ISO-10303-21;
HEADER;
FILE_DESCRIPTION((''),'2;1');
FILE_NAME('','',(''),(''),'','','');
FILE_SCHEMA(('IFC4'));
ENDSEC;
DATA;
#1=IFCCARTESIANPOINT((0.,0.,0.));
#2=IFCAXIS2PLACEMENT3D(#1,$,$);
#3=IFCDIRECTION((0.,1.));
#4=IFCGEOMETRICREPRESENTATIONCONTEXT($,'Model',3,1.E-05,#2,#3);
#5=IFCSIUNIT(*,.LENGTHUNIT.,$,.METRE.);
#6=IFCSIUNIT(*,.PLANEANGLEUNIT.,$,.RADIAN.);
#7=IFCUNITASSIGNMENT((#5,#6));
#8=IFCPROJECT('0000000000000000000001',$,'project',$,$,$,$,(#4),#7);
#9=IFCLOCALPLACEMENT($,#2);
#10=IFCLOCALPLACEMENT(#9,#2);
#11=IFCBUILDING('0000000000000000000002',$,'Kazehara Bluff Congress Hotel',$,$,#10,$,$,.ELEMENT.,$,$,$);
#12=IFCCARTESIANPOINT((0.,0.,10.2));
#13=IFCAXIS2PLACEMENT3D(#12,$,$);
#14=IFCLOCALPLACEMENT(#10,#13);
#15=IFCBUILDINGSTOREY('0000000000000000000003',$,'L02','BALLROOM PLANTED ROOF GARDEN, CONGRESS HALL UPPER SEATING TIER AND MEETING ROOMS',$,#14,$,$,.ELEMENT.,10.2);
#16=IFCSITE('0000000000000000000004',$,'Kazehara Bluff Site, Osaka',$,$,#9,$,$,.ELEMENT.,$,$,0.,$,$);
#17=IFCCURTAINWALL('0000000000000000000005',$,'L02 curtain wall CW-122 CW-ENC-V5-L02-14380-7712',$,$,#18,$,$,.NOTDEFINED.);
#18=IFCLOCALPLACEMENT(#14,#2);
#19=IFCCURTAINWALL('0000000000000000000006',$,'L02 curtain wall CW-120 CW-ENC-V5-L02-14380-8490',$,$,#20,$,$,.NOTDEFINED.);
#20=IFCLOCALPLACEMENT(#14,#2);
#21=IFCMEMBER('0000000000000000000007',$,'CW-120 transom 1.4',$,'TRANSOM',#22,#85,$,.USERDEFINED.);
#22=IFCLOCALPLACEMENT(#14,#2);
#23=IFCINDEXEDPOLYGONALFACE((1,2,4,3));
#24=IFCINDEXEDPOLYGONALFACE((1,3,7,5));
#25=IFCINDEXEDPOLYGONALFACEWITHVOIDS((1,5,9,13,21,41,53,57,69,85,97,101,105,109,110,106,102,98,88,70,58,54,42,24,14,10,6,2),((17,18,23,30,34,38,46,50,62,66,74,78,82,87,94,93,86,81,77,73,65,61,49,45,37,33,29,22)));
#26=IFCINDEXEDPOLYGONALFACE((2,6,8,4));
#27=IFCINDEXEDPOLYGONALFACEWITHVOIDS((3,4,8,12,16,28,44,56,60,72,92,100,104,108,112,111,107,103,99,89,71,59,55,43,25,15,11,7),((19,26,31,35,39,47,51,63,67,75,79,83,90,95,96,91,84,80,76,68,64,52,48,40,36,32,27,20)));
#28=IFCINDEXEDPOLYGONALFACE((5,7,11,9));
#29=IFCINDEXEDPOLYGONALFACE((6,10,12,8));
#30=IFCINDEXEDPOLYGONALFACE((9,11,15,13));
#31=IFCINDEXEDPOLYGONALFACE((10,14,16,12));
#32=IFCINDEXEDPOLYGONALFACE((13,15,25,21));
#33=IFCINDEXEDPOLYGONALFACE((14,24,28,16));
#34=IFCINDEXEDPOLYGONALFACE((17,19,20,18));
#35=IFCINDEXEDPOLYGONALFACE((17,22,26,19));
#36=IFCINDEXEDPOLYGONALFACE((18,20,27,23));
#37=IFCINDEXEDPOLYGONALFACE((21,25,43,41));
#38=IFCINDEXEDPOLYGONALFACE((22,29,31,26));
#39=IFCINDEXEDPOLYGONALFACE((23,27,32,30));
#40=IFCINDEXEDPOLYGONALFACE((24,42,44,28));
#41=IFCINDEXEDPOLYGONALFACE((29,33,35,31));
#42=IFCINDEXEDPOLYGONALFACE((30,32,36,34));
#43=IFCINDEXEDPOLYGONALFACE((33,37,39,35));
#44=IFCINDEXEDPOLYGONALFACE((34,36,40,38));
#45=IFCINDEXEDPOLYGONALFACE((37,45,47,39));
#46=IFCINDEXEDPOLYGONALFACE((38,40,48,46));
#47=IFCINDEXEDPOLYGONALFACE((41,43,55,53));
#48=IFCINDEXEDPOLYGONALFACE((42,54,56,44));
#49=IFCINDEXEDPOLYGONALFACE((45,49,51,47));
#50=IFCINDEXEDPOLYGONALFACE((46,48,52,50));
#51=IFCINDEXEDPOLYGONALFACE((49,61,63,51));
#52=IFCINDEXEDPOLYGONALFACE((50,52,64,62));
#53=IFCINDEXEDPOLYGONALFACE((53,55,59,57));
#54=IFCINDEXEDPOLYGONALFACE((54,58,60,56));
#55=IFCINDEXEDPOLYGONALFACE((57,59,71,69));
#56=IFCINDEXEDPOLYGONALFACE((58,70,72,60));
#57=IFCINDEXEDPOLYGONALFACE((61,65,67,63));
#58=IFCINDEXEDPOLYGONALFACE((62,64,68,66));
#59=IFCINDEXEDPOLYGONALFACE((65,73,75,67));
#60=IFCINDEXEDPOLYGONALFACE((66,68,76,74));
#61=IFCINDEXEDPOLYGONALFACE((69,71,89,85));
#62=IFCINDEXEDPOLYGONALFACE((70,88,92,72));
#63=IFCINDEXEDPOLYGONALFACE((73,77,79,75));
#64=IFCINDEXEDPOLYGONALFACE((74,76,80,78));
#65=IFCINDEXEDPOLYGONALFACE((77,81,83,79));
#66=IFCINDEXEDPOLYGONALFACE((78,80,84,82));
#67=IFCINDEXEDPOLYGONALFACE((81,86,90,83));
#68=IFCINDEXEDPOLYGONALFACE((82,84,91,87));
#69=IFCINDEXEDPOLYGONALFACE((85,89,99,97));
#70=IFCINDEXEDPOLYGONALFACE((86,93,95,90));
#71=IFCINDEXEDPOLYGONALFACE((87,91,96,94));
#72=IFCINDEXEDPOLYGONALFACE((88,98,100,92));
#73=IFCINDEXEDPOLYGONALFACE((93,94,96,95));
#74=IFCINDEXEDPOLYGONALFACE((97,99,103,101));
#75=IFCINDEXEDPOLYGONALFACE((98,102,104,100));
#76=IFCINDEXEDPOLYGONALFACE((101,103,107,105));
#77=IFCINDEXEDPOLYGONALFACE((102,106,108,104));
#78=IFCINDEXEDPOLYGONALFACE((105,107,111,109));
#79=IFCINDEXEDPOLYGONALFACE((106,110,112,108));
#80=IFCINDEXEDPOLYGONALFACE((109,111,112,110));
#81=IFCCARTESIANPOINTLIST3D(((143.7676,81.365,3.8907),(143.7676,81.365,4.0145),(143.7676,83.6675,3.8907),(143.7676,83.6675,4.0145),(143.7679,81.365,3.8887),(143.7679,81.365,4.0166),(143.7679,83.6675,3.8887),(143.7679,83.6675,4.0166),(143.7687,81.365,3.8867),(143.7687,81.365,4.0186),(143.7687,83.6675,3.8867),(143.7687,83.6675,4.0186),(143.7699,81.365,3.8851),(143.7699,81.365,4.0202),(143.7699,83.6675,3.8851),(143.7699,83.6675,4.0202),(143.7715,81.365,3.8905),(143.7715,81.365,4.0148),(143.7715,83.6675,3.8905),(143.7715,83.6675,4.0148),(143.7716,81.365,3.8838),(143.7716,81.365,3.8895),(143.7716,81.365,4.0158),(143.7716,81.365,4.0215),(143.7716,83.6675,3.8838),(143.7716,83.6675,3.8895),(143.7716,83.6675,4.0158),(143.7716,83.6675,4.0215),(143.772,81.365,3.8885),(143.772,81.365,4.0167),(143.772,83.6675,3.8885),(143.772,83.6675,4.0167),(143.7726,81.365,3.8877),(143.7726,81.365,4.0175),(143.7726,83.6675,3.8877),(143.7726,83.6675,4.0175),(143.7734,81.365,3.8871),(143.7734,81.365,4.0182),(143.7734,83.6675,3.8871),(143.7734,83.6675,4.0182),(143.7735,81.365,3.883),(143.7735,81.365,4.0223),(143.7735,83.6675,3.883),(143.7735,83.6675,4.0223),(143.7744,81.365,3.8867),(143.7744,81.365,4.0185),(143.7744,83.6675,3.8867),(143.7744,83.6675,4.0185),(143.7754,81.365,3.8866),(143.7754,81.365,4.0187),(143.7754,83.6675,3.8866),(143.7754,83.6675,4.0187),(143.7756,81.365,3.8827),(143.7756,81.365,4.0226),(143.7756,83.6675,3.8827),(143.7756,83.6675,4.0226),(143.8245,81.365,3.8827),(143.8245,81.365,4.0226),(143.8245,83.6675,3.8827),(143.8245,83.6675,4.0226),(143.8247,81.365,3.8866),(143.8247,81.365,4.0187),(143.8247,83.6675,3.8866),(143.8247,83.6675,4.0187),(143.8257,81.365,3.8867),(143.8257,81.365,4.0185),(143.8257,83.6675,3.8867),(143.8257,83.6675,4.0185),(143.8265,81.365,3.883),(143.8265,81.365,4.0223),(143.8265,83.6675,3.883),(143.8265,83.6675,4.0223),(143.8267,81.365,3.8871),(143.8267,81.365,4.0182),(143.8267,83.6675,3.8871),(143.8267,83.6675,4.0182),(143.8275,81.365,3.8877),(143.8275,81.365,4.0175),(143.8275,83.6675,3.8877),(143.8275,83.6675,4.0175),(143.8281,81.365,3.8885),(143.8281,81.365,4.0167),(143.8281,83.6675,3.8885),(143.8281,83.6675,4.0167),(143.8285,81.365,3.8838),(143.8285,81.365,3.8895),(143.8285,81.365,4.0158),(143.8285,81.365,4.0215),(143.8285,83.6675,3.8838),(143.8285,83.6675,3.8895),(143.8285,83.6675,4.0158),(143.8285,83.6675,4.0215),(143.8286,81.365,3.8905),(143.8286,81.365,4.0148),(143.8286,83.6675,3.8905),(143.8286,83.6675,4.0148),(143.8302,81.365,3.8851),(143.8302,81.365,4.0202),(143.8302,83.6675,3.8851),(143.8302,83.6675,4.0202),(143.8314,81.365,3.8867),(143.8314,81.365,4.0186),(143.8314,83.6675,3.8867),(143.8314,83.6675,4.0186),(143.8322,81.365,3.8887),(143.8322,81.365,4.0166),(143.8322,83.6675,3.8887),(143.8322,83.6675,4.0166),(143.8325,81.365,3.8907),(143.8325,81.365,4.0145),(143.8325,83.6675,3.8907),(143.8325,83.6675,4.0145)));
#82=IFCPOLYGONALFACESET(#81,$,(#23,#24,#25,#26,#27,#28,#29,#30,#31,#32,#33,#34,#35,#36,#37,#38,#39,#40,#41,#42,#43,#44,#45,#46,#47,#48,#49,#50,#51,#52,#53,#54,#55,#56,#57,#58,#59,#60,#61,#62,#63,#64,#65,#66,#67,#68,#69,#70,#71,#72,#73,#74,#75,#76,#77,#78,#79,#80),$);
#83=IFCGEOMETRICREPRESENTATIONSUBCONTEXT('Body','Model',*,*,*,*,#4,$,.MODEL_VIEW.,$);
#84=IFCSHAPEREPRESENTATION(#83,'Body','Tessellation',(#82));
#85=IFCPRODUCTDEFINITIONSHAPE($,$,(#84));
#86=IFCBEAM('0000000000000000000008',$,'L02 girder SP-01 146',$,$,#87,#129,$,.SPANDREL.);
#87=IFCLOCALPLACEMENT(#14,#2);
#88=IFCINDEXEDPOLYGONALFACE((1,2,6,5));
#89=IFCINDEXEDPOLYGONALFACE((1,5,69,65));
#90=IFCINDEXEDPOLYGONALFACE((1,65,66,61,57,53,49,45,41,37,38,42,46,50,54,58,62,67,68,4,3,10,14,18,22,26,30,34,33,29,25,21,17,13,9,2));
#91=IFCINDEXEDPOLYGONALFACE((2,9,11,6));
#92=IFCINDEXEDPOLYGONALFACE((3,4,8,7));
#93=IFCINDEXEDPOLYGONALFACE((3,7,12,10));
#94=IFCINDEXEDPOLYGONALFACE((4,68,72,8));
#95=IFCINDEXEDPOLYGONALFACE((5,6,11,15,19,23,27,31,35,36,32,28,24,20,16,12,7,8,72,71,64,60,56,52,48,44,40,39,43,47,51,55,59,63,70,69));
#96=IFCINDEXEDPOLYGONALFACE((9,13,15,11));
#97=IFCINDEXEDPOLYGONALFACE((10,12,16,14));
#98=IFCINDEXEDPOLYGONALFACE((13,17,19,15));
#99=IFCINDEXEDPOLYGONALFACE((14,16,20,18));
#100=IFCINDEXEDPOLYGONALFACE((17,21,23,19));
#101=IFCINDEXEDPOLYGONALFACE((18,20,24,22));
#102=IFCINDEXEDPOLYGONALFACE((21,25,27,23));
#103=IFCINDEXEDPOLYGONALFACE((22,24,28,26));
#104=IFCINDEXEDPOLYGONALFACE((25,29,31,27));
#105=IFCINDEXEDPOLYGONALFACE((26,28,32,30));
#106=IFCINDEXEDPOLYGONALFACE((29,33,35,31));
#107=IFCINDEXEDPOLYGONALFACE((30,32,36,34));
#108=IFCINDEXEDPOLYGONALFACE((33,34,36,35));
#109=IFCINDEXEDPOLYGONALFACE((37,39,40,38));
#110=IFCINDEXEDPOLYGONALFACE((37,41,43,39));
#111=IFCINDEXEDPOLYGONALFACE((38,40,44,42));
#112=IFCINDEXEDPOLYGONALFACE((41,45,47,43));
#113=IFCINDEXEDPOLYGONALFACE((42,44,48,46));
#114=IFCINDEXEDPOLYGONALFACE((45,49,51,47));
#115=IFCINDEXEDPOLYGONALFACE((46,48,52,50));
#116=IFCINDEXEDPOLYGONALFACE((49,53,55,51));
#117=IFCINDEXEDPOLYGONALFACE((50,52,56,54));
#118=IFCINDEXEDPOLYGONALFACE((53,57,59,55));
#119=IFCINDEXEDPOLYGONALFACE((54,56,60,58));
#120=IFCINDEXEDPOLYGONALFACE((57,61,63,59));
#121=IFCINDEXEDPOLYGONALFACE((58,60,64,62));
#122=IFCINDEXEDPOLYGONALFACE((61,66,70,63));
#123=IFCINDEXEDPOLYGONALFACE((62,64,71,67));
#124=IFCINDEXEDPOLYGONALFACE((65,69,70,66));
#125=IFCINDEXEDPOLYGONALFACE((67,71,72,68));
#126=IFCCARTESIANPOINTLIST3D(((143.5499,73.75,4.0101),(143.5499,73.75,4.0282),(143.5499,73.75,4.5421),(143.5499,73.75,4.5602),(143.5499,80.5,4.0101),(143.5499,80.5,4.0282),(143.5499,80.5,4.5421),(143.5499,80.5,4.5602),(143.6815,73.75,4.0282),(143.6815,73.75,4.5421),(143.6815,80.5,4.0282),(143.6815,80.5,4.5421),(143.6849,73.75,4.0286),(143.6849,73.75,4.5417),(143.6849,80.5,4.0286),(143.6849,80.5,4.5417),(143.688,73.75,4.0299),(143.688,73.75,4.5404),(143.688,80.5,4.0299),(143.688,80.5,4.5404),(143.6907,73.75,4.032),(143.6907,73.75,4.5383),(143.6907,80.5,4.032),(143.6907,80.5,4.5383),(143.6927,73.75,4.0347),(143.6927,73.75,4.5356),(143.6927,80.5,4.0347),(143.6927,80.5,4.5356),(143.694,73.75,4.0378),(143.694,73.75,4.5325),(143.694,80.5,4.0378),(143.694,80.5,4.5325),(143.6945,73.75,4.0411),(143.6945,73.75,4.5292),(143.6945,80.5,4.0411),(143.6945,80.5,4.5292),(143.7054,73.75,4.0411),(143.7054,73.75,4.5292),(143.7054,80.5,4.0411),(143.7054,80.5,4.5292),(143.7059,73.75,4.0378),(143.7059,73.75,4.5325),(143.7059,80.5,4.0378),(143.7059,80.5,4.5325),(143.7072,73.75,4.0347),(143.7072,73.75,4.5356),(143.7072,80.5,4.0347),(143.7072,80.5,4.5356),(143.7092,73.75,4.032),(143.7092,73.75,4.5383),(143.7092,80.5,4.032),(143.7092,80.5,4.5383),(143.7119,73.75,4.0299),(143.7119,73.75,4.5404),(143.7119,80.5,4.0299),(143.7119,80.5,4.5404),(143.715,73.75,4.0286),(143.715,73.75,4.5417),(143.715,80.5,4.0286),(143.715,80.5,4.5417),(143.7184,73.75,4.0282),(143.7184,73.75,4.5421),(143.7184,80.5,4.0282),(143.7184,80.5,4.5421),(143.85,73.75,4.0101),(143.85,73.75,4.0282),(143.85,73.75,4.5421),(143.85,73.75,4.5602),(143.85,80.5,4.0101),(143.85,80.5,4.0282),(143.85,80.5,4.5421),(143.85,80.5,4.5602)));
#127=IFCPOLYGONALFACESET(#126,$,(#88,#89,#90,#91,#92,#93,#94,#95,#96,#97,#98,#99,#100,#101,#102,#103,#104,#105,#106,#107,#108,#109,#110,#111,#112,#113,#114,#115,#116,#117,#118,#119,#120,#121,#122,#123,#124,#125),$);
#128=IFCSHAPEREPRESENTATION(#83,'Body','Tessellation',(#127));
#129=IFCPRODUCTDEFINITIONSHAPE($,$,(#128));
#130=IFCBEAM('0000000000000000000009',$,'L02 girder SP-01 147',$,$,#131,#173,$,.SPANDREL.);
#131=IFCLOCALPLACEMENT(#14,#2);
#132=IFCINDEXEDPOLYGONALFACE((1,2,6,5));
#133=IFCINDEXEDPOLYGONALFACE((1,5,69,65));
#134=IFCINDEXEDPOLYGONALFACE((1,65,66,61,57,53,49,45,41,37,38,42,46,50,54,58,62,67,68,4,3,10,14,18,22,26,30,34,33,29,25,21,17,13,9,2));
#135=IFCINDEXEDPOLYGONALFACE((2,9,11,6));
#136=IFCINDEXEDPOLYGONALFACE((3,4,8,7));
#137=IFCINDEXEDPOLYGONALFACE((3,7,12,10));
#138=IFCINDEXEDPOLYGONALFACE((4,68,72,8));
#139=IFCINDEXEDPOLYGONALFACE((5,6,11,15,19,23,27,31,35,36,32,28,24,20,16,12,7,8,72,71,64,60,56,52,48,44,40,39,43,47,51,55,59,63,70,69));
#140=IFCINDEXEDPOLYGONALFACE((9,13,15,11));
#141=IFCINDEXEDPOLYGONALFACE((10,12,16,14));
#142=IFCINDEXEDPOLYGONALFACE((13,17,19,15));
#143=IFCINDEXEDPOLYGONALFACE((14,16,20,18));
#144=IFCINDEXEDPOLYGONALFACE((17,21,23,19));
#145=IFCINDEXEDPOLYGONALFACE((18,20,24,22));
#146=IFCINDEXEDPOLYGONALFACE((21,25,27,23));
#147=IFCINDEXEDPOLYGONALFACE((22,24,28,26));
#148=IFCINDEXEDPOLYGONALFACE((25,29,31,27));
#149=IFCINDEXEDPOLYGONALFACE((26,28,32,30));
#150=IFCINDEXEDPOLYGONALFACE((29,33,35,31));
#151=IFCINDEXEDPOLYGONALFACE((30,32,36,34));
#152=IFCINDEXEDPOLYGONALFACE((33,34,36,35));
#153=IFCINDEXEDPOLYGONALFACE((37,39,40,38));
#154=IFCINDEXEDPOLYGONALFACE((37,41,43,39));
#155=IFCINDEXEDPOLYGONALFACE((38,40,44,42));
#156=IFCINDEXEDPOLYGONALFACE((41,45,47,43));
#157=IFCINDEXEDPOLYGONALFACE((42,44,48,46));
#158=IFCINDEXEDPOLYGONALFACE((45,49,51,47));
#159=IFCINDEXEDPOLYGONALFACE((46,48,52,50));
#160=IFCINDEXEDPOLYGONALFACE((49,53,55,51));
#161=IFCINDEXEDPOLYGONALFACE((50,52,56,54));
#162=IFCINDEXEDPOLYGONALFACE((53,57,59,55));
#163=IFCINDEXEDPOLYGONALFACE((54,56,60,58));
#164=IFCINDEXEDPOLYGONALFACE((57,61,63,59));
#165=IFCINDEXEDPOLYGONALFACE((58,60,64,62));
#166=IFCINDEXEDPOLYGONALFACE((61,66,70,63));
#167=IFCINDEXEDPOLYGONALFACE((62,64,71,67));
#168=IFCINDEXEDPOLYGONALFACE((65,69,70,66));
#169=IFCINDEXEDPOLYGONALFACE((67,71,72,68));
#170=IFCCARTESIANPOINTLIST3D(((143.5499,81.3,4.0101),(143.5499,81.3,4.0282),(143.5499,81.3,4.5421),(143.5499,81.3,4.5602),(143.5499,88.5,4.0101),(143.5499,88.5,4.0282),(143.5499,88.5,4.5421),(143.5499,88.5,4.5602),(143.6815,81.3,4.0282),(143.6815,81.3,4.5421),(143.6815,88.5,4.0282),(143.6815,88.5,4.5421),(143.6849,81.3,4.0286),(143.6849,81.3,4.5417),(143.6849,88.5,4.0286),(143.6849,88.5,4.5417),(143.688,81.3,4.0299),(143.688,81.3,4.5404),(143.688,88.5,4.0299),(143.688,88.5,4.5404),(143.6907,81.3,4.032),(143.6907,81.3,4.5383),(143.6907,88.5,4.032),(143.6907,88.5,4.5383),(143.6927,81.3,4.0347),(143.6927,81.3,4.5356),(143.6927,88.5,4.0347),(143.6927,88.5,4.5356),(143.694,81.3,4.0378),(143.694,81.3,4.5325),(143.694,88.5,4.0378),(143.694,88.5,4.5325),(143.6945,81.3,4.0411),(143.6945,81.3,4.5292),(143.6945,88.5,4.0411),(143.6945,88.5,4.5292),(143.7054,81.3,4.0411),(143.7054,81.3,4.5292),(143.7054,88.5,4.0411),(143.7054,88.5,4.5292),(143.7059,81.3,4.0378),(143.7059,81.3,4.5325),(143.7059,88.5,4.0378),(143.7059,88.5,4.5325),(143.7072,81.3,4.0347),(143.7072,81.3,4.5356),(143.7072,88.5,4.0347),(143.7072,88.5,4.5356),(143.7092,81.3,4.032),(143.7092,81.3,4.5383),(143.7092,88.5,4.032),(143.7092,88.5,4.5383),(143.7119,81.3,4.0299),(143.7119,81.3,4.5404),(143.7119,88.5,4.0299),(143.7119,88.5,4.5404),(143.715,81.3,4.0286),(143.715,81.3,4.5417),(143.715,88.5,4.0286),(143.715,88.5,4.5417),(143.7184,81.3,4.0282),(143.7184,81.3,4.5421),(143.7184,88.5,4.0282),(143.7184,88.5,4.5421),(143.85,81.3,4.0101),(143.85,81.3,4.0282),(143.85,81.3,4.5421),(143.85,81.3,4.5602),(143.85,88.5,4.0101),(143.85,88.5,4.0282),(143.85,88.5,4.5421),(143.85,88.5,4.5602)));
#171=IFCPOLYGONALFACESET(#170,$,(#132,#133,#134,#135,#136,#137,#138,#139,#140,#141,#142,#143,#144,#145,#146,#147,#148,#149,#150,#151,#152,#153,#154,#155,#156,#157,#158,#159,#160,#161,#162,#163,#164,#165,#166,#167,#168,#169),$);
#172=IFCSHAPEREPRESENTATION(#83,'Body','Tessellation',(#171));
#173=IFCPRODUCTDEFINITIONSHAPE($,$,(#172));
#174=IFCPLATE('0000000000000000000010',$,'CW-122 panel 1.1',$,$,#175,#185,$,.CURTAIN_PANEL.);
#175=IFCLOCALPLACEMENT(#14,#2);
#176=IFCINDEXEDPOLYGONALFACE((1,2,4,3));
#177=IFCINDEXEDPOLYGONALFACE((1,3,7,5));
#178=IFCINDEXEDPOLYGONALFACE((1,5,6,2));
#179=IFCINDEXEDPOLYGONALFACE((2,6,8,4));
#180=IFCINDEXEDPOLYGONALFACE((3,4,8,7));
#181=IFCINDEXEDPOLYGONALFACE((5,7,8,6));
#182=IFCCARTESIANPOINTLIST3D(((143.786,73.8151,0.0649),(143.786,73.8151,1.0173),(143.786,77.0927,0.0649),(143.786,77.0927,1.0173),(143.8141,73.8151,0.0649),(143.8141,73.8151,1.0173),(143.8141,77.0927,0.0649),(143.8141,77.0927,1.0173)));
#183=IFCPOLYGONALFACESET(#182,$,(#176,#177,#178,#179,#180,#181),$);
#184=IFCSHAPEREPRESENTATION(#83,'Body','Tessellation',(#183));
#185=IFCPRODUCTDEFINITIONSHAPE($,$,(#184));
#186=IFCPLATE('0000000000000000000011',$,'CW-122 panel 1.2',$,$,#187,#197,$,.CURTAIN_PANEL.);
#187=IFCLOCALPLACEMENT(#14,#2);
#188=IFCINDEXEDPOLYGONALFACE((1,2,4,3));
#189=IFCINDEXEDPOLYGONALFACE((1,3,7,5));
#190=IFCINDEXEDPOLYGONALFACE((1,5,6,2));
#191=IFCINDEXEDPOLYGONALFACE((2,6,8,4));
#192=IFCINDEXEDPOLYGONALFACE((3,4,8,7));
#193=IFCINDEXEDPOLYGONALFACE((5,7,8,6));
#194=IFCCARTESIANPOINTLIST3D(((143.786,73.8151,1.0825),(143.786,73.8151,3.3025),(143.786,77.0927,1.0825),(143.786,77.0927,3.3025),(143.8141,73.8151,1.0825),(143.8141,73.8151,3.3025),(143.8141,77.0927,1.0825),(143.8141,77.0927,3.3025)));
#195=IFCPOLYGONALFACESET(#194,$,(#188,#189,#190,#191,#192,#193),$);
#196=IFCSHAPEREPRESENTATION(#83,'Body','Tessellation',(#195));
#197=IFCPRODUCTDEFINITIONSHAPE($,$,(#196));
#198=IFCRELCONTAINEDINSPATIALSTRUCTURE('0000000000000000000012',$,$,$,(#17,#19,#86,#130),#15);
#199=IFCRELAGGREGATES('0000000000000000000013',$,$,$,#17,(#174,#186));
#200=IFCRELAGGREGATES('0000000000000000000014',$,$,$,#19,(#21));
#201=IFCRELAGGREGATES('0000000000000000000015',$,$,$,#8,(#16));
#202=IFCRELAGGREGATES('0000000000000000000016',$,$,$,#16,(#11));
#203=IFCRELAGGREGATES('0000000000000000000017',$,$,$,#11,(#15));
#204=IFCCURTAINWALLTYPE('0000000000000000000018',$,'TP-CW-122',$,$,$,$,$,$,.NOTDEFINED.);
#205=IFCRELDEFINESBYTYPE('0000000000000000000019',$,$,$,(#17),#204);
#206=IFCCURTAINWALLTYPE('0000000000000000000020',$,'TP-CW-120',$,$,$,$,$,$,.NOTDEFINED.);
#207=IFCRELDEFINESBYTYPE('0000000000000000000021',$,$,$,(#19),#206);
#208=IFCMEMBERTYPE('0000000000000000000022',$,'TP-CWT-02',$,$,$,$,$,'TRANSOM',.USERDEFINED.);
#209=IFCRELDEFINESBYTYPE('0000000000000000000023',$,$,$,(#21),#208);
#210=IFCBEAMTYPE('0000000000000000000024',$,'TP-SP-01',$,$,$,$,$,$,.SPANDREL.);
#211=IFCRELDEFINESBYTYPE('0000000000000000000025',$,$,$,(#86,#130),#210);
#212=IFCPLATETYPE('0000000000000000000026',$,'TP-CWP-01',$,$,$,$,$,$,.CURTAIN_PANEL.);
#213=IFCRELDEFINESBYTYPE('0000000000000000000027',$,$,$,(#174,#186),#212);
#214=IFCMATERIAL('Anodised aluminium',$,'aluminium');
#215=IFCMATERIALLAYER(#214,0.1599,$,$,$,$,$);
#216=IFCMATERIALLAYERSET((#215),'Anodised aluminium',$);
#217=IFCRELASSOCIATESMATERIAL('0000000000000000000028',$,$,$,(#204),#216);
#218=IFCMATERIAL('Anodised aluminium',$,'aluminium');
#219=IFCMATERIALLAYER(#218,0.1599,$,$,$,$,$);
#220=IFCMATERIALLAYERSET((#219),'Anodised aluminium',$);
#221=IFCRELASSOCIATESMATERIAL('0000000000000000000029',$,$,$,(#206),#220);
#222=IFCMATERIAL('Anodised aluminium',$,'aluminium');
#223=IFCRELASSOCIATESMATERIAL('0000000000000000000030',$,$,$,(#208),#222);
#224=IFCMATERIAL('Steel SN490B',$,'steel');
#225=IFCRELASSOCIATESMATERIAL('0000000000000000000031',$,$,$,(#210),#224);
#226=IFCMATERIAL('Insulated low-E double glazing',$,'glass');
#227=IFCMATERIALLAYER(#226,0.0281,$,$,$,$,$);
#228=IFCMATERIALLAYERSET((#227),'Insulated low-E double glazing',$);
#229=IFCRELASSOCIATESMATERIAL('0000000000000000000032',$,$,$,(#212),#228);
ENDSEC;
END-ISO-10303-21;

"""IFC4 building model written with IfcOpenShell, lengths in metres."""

from ifc_helpers import new_model, si_unit, direction, frame, origin, origin_2d, place, context, subcontext, project, spatial, rectangle, hollow_rectangle, i_section, extrude, material, layer, layer_set, material_profile, profile_set, type_object, element, aggregate, save


model = new_model("IFC4")

# Units and contexts
model_context = context("Model", 3, precision=1e-05, world=origin(), true_north=direction((0.0, 1.0)))
body_context = subcontext(model_context, "Body", "Model", "MODEL_VIEW")
ifc_project = project(units=[si_unit("LENGTHUNIT", "METRE"), si_unit("PLANEANGLEUNIT", "RADIAN")], contexts=[model_context])

# Site, building, storey
site_placement = place(None, origin())
site = spatial("IfcSite", under=ifc_project, at=site_placement, Name="Kazehara Bluff Site, Osaka", CompositionType="ELEMENT", RefElevation=0.0)
building_placement = place(site_placement, origin())
building = spatial("IfcBuilding", under=site, at=building_placement, Name="Kazehara Bluff Congress Hotel", CompositionType="ELEMENT")
storey_placement = place(building_placement, frame((0.0, 0.0, 10.2)))
storey = spatial("IfcBuildingStorey", under=building, at=storey_placement, Name="L02", Description="BALLROOM PLANTED ROOF GARDEN, CONGRESS HALL UPPER SEATING TIER AND MEETING ROOMS", CompositionType="ELEMENT", Elevation=10.2)

# Curtain wall
ifc_material_1 = material(Name="Anodised aluminium", Category="aluminium")
ifc_layer_1 = layer(ifc_material_1, 0.1599)
ifc_layer_set_1 = layer_set([ifc_layer_1], Name="Anodised aluminium")
curtain_wall_type_1 = type_object("IfcCurtainWallType", Name="TP-CW-122", PredefinedType="NOTDEFINED", material=ifc_layer_set_1)
curtain_wall_1_placement = place(storey_placement, origin())
curtain_wall_1 = element("IfcCurtainWall", 1, at=curtain_wall_1_placement, inside=storey, type_object=curtain_wall_type_1, Name="L02 curtain wall CW-122 CW-ENC-V5-L02-14380-7712", PredefinedType="NOTDEFINED")

# Curtain wall
ifc_material_2 = material(Name="Anodised aluminium", Category="aluminium")
ifc_layer_2 = layer(ifc_material_2, 0.1599)
ifc_layer_set_2 = layer_set([ifc_layer_2], Name="Anodised aluminium")
curtain_wall_type_2 = type_object("IfcCurtainWallType", Name="TP-CW-120", PredefinedType="NOTDEFINED", material=ifc_layer_set_2)
curtain_wall_2_placement = place(storey_placement, origin())
curtain_wall_2 = element("IfcCurtainWall", 2, at=curtain_wall_2_placement, inside=storey, type_object=curtain_wall_type_2, Name="L02 curtain wall CW-120 CW-ENC-V5-L02-14380-8490", PredefinedType="NOTDEFINED")

# Member
ifc_material_3 = material(Name="Anodised aluminium", Category="aluminium")
ifc_material_profile_1 = material_profile(ifc_material_3, hollow_rectangle(XDim=0.0649, YDim=0.1399, WallThickness=0.0039, InnerFilletRadius=0.0039, OuterFilletRadius=0.0081, at=origin_2d()))
ifc_profile_set_1 = profile_set([ifc_material_profile_1], Name="Anodised aluminium")
member_type_1 = type_object("IfcMemberType", Name="TP-CWT-02", ElementType="TRANSOM", PredefinedType="USERDEFINED", material=ifc_profile_set_1)
member_1_placement = place(storey_placement, frame((143.8, 81.365, 3.9526), z_axis=(0.0, 1.0, 0.0), x_axis=(-1.0, 0.0, 0.0)))
member_1 = element("IfcMember", 3, at=member_1_placement, type_object=member_type_1, Name="CW-120 transom 1.4", ObjectType="TRANSOM", PredefinedType="USERDEFINED", context=body_context, shape_type="SweptSolid", body=[
    extrude(hollow_rectangle(XDim=0.0649, YDim=0.1399, WallThickness=0.0039, InnerFilletRadius=0.0039, OuterFilletRadius=0.0081, at=origin_2d()), origin(), (0.0, 0.0, 1.0), 2.3025),
])

# Beams
ifc_material_4 = material(Name="Steel SN490B", Category="steel")
ifc_material_profile_2 = material_profile(ifc_material_4, i_section(OverallWidth=0.3, OverallDepth=0.55, WebThickness=0.011, FlangeThickness=0.0181, FilletRadius=0.0129, at=origin_2d()))
ifc_profile_set_2 = profile_set([ifc_material_profile_2], Name="Steel SN490B")
beam_type = type_object("IfcBeamType", Name="TP-SP-01", PredefinedType="SPANDREL", material=ifc_profile_set_2)
beam_1_placement = place(storey_placement, frame((143.7, 73.75, 4.2852), z_axis=(0.0, 1.0, 0.0), x_axis=(-1.0, 0.0, 0.0)))
element("IfcBeam", 4, at=beam_1_placement, inside=storey, type_object=beam_type, Name="L02 girder SP-01 146", PredefinedType="SPANDREL", context=body_context, shape_type="SweptSolid", body=[
    extrude(i_section(OverallWidth=0.3, OverallDepth=0.55, WebThickness=0.011, FlangeThickness=0.0181, FilletRadius=0.0129, at=origin_2d()), origin(), (0.0, 0.0, 1.0), 6.75),
])
beam_2_placement = place(storey_placement, frame((143.7, 81.3, 4.2852), z_axis=(0.0, 1.0, 0.0), x_axis=(-1.0, 0.0, 0.0)))
element("IfcBeam", 5, at=beam_2_placement, inside=storey, type_object=beam_type, Name="L02 girder SP-01 147", PredefinedType="SPANDREL", context=body_context, shape_type="SweptSolid", body=[
    extrude(i_section(OverallWidth=0.3, OverallDepth=0.55, WebThickness=0.011, FlangeThickness=0.0181, FilletRadius=0.0129, at=origin_2d()), origin(), (0.0, 0.0, 1.0), 7.2),
])

# Plates
ifc_material_5 = material(Name="Insulated low-E double glazing", Category="glass")
ifc_layer_3 = layer(ifc_material_5, 0.0281)
ifc_layer_set_3 = layer_set([ifc_layer_3], Name="Insulated low-E double glazing")
plate_type = type_object("IfcPlateType", Name="TP-CWP-01", PredefinedType="CURTAIN_PANEL", material=ifc_layer_set_3)
plate_1_placement = place(storey_placement, frame((143.8, 75.4539, 0.0649), z_axis=(0.0, 0.0, 1.0), x_axis=(0.0, 1.0, 0.0)))
plate_1 = element("IfcPlate", 6, at=plate_1_placement, type_object=plate_type, Name="CW-122 panel 1.1", PredefinedType="CURTAIN_PANEL", context=body_context, shape_type="SweptSolid", body=[
    extrude(rectangle(XDim=3.2776, YDim=0.0281, at=origin_2d()), origin(), (0.0, 0.0, 1.0), 0.9524),
])
plate_2_placement = place(storey_placement, frame((143.8, 75.4539, 1.0825), z_axis=(0.0, 0.0, 1.0), x_axis=(0.0, 1.0, 0.0)))
plate_2 = element("IfcPlate", 7, at=plate_2_placement, type_object=plate_type, Name="CW-122 panel 1.2", PredefinedType="CURTAIN_PANEL", context=body_context, shape_type="SweptSolid", body=[
    extrude(rectangle(XDim=3.2776, YDim=0.0281, at=origin_2d()), origin(), (0.0, 0.0, 1.0), 2.22),
])
aggregate(curtain_wall_1, [plate_1, plate_2])
aggregate(curtain_wall_2, [member_1])

save(model, "model.ifc")
